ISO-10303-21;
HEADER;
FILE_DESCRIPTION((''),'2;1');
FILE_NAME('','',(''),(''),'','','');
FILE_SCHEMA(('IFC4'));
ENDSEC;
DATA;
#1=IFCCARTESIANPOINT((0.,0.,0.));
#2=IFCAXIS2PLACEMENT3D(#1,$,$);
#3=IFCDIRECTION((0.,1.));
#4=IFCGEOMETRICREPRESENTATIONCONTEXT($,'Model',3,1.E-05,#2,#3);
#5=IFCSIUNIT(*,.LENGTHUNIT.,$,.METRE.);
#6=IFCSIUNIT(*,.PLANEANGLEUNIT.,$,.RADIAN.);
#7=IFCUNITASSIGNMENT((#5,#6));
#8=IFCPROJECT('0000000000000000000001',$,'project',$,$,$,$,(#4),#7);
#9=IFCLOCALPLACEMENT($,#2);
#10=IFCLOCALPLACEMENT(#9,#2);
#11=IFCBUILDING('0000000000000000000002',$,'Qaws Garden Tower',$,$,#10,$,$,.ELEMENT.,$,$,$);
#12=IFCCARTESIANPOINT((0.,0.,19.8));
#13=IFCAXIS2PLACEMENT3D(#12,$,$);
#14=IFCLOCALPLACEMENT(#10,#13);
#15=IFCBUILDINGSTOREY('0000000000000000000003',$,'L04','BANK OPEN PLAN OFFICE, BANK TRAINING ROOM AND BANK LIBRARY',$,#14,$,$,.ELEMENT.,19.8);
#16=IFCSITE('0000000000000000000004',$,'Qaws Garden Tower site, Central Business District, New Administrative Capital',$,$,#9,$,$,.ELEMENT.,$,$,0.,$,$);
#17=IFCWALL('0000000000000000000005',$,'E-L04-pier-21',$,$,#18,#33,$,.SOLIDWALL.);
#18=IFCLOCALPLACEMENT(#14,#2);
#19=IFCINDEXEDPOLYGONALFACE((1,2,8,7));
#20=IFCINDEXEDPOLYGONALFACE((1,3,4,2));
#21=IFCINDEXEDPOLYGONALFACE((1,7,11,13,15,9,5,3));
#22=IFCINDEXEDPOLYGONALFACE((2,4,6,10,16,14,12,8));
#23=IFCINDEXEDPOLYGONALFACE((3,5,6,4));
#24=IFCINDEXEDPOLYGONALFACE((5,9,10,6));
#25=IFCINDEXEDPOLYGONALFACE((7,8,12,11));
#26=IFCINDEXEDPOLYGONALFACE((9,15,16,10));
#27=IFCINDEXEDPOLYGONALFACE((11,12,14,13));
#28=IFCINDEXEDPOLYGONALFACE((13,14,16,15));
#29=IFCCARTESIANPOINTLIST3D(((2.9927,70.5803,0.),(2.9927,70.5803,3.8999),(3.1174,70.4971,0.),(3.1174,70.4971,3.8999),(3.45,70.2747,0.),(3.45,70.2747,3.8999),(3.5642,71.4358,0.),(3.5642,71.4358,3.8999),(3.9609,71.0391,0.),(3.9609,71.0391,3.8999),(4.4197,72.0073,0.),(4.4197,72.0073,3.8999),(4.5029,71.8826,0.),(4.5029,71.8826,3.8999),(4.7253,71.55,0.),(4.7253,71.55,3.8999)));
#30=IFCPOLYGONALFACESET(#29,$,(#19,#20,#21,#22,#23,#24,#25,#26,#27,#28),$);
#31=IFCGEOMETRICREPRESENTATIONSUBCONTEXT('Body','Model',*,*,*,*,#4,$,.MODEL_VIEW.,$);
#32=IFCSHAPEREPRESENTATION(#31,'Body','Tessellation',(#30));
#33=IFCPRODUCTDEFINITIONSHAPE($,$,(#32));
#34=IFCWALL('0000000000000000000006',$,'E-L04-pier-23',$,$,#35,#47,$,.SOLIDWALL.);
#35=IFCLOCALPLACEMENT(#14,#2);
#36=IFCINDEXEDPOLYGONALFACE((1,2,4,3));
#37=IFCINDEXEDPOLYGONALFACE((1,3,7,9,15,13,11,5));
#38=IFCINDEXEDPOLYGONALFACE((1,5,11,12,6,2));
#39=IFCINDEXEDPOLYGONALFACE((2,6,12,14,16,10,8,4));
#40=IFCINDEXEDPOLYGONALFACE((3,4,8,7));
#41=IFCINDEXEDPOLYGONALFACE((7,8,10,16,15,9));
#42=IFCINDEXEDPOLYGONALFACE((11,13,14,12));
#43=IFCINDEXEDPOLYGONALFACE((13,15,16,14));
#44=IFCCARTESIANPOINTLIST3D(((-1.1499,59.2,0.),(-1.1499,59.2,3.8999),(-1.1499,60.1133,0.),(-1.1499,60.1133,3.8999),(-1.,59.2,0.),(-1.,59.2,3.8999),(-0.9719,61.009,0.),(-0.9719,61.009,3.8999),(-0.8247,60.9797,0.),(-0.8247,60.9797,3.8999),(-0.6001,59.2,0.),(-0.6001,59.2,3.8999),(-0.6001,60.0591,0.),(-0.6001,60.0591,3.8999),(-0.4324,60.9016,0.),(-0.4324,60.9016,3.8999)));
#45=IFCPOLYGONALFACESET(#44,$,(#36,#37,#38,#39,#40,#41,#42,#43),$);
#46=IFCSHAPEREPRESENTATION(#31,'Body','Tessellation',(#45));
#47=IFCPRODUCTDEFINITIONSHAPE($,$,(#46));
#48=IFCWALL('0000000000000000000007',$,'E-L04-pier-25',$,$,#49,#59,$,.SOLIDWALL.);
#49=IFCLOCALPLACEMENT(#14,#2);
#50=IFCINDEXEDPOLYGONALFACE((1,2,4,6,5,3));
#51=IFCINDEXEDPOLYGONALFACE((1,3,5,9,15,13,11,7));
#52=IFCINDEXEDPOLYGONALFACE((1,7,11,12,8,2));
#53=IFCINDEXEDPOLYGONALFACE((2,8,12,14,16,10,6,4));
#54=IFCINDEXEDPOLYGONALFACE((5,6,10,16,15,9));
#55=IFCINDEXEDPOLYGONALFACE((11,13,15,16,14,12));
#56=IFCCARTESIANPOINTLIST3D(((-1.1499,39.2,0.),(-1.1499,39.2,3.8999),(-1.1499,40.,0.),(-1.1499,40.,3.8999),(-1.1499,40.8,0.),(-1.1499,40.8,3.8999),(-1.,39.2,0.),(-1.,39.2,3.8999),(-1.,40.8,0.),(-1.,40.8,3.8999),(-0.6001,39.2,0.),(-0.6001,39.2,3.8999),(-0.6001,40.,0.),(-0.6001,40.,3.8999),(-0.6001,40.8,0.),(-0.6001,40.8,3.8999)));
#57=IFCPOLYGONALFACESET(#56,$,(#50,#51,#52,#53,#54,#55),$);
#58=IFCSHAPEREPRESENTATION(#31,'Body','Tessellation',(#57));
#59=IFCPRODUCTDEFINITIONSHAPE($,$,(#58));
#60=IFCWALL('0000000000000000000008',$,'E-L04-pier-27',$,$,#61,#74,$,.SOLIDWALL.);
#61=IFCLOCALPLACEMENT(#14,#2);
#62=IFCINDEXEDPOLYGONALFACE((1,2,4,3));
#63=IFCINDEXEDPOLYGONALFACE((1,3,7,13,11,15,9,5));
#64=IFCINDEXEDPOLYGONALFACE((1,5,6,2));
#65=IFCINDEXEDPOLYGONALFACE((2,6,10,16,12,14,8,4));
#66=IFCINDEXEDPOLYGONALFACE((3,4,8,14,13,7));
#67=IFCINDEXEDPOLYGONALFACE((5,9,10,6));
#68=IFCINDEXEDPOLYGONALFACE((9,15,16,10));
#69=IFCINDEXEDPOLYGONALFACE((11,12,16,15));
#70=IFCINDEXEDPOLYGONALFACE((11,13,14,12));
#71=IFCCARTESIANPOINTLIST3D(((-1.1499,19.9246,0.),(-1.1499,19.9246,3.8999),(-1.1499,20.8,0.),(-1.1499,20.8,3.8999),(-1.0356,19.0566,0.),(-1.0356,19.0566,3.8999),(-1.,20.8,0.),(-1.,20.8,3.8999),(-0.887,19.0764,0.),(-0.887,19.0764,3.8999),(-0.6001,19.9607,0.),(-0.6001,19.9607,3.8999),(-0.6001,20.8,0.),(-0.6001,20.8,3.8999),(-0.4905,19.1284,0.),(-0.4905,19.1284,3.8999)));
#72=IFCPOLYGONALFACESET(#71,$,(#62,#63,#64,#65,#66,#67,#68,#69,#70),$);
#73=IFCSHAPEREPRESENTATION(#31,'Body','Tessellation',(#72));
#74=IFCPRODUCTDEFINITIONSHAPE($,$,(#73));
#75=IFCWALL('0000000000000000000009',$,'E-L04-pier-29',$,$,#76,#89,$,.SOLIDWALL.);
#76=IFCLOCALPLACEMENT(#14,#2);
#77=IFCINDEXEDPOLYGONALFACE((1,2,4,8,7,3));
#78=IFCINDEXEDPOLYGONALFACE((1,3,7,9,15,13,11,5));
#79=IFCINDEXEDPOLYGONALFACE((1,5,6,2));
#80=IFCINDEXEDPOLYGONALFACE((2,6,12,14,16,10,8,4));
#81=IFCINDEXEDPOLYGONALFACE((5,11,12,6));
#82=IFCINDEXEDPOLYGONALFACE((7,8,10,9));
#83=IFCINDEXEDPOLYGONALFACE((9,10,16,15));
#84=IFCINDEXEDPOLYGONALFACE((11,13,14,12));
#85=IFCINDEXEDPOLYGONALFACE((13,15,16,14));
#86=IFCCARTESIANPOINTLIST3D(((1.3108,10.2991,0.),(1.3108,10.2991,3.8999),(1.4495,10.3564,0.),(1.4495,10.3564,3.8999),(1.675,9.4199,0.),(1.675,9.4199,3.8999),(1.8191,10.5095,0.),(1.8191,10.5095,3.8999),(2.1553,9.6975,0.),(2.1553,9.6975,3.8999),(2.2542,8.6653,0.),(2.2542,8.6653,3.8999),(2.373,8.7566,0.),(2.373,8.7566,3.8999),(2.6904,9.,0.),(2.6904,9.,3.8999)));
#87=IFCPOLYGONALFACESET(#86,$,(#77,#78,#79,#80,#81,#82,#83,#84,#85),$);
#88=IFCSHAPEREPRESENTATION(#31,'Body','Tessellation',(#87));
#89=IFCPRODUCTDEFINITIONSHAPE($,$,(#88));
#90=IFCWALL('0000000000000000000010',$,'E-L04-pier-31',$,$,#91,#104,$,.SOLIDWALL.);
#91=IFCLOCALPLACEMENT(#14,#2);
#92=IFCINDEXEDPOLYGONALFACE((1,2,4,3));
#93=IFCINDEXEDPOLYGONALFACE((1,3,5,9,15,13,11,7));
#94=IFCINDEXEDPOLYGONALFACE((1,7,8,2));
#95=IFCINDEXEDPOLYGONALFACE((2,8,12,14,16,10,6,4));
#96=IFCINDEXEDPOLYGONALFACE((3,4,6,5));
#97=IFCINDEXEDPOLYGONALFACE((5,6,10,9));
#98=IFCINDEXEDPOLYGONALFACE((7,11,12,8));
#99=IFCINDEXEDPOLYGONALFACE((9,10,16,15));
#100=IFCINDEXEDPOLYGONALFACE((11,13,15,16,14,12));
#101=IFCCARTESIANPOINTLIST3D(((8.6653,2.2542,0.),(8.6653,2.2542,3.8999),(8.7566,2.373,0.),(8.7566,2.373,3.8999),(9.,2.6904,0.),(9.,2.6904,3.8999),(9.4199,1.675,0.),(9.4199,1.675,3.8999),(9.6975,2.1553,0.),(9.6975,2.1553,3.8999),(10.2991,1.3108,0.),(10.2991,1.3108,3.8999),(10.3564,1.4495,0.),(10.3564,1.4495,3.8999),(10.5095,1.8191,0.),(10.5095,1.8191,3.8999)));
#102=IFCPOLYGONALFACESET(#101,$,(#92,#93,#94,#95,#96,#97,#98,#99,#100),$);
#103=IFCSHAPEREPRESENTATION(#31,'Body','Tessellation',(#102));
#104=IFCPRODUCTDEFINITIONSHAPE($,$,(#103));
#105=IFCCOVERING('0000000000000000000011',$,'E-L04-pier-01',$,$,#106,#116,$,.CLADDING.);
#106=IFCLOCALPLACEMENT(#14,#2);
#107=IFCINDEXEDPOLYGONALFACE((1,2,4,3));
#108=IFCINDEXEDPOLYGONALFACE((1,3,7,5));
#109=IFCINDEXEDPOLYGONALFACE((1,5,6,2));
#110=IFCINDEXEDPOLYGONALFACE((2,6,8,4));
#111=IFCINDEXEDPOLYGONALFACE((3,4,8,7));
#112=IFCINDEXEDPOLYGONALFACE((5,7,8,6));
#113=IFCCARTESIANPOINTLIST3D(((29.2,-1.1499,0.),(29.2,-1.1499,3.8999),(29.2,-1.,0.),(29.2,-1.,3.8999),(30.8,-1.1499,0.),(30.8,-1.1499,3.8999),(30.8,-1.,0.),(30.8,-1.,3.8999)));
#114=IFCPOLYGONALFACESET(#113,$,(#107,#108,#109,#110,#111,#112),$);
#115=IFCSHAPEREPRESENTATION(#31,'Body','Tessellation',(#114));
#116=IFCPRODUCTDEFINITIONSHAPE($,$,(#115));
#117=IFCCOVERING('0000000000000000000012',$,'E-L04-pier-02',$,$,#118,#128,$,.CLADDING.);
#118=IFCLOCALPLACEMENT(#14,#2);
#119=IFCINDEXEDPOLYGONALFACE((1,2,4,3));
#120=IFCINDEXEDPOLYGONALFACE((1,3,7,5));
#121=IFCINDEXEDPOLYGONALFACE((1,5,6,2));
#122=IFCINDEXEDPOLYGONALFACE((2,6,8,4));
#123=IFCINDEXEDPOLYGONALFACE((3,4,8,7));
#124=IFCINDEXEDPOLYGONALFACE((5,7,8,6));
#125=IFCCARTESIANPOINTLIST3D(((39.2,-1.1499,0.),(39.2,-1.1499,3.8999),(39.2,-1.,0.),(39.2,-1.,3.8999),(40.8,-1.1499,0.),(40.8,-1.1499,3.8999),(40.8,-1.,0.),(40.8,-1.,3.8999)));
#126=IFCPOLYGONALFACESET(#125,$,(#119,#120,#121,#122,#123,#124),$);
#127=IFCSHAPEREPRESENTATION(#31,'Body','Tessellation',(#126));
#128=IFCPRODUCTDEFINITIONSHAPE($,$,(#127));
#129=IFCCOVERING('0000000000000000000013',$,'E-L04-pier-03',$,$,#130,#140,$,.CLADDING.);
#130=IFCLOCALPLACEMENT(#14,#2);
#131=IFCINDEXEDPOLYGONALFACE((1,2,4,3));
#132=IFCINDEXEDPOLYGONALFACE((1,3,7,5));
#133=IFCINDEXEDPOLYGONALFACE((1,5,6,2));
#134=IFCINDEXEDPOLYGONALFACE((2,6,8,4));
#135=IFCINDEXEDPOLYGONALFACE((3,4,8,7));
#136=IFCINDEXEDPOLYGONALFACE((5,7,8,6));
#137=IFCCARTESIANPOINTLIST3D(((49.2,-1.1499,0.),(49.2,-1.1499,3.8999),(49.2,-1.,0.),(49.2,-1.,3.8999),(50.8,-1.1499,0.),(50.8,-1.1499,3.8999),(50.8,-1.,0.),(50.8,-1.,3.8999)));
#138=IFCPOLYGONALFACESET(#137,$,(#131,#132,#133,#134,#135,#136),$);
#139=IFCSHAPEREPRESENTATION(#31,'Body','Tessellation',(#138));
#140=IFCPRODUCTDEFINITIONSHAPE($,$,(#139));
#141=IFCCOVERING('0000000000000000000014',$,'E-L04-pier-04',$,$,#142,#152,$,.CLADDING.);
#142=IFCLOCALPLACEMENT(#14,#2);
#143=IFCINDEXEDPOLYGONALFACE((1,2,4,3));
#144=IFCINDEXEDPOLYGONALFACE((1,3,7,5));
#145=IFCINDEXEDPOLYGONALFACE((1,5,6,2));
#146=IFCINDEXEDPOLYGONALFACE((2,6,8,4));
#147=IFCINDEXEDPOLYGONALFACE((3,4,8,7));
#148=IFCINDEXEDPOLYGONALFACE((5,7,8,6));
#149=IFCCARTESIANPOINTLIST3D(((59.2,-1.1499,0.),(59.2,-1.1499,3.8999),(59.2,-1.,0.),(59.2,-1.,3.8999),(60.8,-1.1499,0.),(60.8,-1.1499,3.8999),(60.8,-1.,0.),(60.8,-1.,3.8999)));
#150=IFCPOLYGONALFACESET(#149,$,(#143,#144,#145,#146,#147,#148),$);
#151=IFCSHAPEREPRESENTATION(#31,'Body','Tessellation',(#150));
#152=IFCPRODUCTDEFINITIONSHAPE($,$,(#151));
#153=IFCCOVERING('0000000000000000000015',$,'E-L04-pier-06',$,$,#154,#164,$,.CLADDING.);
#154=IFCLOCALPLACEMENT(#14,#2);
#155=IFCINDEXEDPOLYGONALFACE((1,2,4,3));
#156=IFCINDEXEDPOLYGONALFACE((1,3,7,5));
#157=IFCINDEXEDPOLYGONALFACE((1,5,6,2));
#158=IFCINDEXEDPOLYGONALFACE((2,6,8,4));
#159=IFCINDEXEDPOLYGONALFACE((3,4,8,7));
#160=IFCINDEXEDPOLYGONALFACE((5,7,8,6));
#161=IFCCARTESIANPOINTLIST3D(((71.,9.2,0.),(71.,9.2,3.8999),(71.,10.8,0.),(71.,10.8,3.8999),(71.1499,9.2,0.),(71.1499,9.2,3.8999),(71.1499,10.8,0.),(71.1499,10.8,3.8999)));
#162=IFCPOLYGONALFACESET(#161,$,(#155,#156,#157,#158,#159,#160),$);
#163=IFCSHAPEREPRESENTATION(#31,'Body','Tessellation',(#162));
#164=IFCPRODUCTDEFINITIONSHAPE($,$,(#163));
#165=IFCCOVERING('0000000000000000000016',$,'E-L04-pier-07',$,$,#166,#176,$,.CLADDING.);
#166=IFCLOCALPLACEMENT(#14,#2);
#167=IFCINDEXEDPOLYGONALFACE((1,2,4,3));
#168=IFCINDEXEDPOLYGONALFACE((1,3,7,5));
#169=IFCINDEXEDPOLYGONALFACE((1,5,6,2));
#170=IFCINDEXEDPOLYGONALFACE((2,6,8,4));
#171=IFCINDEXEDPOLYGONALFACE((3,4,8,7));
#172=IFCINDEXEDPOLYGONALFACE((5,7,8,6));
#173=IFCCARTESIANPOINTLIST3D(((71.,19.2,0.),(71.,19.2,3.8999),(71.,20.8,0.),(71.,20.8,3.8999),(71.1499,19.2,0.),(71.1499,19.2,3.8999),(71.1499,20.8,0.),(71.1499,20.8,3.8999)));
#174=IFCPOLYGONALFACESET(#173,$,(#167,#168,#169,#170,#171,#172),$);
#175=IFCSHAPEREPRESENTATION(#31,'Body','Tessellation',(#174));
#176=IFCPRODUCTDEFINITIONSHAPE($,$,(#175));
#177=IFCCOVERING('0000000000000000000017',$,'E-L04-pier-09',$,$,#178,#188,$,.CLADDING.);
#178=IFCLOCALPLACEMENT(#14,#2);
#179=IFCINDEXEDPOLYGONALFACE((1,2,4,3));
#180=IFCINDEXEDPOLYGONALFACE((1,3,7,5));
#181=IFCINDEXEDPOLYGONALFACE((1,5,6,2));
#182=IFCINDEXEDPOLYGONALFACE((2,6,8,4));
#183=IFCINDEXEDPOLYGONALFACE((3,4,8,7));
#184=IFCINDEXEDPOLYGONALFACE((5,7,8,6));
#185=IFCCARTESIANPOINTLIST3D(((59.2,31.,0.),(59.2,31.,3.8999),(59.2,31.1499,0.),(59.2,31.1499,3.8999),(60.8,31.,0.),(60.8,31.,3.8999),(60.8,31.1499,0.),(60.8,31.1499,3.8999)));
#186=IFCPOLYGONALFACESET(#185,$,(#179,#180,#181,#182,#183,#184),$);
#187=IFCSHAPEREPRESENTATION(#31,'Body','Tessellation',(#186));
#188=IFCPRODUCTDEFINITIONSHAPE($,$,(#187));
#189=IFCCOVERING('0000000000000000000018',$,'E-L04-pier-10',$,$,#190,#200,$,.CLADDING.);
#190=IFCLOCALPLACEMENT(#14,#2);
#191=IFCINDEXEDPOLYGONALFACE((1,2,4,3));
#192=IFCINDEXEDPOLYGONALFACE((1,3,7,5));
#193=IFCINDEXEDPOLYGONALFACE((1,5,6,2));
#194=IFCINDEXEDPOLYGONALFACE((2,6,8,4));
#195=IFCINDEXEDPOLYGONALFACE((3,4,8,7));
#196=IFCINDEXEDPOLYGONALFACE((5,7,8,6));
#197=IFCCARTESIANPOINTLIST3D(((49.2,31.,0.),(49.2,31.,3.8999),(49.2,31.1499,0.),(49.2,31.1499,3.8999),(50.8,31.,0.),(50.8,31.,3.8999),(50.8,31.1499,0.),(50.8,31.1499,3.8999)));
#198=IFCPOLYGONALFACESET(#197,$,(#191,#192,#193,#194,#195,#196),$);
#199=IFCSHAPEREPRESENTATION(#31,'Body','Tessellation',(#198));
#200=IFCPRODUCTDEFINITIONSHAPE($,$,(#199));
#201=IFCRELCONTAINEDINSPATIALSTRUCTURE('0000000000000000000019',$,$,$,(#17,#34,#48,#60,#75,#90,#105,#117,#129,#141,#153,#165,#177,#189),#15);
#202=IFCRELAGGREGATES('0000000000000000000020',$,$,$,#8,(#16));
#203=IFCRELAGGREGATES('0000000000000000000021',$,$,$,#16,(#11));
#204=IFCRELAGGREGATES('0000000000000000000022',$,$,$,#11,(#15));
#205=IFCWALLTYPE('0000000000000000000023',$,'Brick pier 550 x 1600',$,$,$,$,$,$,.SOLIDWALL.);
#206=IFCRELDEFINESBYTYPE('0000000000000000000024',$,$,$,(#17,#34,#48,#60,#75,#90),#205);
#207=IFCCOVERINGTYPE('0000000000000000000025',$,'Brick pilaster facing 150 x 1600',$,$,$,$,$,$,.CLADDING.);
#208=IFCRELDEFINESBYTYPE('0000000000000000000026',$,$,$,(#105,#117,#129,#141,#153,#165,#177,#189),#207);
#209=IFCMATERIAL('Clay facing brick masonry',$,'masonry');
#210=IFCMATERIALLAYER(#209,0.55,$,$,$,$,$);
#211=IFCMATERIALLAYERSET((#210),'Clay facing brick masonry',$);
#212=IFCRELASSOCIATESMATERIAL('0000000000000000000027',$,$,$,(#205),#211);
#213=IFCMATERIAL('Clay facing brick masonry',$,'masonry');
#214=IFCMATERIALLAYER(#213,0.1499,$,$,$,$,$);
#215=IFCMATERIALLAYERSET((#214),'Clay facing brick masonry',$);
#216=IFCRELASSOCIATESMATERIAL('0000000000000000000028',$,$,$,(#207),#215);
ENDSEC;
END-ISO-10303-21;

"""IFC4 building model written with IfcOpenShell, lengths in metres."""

from ifc_helpers import new_model, si_unit, direction, frame, origin, place, context, subcontext, project, spatial, polyline, outline, extrude, material, layer, layer_set, type_object, element, save


model = new_model("IFC4")

# Units and contexts
model_context = context("Model", 3, precision=1e-05, world=origin(), true_north=direction((0.0, 1.0)))
body_context = subcontext(model_context, "Body", "Model", "MODEL_VIEW")
ifc_project = project(units=[si_unit("LENGTHUNIT", "METRE"), si_unit("PLANEANGLEUNIT", "RADIAN")], contexts=[model_context])

# Site, building, storey
site_placement = place(None, origin())
site = spatial("IfcSite", under=ifc_project, at=site_placement, Name="Qaws Garden Tower site, Central Business District, New Administrative Capital", CompositionType="ELEMENT", RefElevation=0.0)
building_placement = place(site_placement, origin())
building = spatial("IfcBuilding", under=site, at=building_placement, Name="Qaws Garden Tower", CompositionType="ELEMENT")
storey_placement = place(building_placement, frame((0.0, 0.0, 19.8)))
storey = spatial("IfcBuildingStorey", under=building, at=storey_placement, Name="L04", Description="BANK OPEN PLAN OFFICE, BANK TRAINING ROOM AND BANK LIBRARY", CompositionType="ELEMENT", Elevation=19.8)

# Walls
placement = place(storey_placement, origin())
ifc_material_1 = material(Name="Clay facing brick masonry", Category="masonry")
ifc_layer_1 = layer(ifc_material_1, 0.55)
ifc_layer_set_1 = layer_set([ifc_layer_1], Name="Clay facing brick masonry")
wall_type_1 = type_object("IfcWallType", Name="Brick pier 550 x 1600", PredefinedType="SOLIDWALL", material=ifc_layer_set_1)
element("IfcWall", 1, at=placement, inside=storey, type_object=wall_type_1, Name="E-L04-pier-21", PredefinedType="SOLIDWALL", context=body_context, shape_type="SweptSolid", body=[
    extrude(outline(polyline([(4.5029, 71.8826), (4.4197, 72.0073), (3.5642, 71.4358), (2.9927, 70.5803), (3.1174, 70.4971), (3.45, 70.2747), (3.9609, 71.0391), (4.7253, 71.55), (4.5029, 71.8826)])), origin(), (0.0, 0.0, 1.0), 3.8999),
])
element("IfcWall", 2, at=placement, inside=storey, type_object=wall_type_1, Name="E-L04-pier-23", PredefinedType="SOLIDWALL", context=body_context, shape_type="SweptSolid", body=[
    extrude(outline(polyline([(-0.8247, 60.9797), (-0.9719, 61.009), (-1.1499, 60.1133), (-1.1499, 59.2), (-1.0, 59.2), (-0.6001, 59.2), (-0.6001, 60.0591), (-0.4324, 60.9016), (-0.8247, 60.9797)])), origin(), (0.0, 0.0, 1.0), 3.8999),
])
element("IfcWall", 3, at=placement, inside=storey, type_object=wall_type_1, Name="E-L04-pier-25", PredefinedType="SOLIDWALL", context=body_context, shape_type="SweptSolid", body=[
    extrude(outline(polyline([(-1.0, 40.8), (-1.1499, 40.8), (-1.1499, 40.0), (-1.1499, 39.2), (-1.0, 39.2), (-0.6001, 39.2), (-0.6001, 40.0), (-0.6001, 40.8), (-1.0, 40.8)])), origin(), (0.0, 0.0, 1.0), 3.8999),
])
element("IfcWall", 4, at=placement, inside=storey, type_object=wall_type_1, Name="E-L04-pier-27", PredefinedType="SOLIDWALL", context=body_context, shape_type="SweptSolid", body=[
    extrude(outline(polyline([(-1.0, 20.8), (-1.1499, 20.8), (-1.1499, 19.9246), (-1.0356, 19.0566), (-0.887, 19.0764), (-0.4905, 19.1284), (-0.6001, 19.9607), (-0.6001, 20.8), (-1.0, 20.8)])), origin(), (0.0, 0.0, 1.0), 3.8999),
])
element("IfcWall", 5, at=placement, inside=storey, type_object=wall_type_1, Name="E-L04-pier-29", PredefinedType="SOLIDWALL", context=body_context, shape_type="SweptSolid", body=[
    extrude(outline(polyline([(1.4495, 10.3564), (1.3108, 10.2991), (1.675, 9.4199), (2.2542, 8.6653), (2.373, 8.7566), (2.6904, 9.0), (2.1553, 9.6975), (1.8191, 10.5095), (1.4495, 10.3564)])), origin(), (0.0, 0.0, 1.0), 3.8999),
])
element("IfcWall", 6, at=placement, inside=storey, type_object=wall_type_1, Name="E-L04-pier-31", PredefinedType="SOLIDWALL", context=body_context, shape_type="SweptSolid", body=[
    extrude(outline(polyline([(8.7566, 2.373), (8.6653, 2.2542), (9.4199, 1.675), (10.2991, 1.3108), (10.3564, 1.4495), (10.5095, 1.8191), (9.6975, 2.1553), (9.0, 2.6904), (8.7566, 2.373)])), origin(), (0.0, 0.0, 1.0), 3.8999),
])

# Coverings
ifc_material_2 = material(Name="Clay facing brick masonry", Category="masonry")
ifc_layer_2 = layer(ifc_material_2, 0.1499)
ifc_layer_set_2 = layer_set([ifc_layer_2], Name="Clay facing brick masonry")
covering_type = type_object("IfcCoveringType", Name="Brick pilaster facing 150 x 1600", PredefinedType="CLADDING", material=ifc_layer_set_2)
element("IfcCovering", 7, at=placement, inside=storey, type_object=covering_type, Name="E-L04-pier-01", PredefinedType="CLADDING", context=body_context, shape_type="SweptSolid", body=[
    extrude(outline(polyline([(29.2, -1.0), (30.8, -1.0), (30.8, -1.1499), (29.2, -1.1499), (29.2, -1.0)])), origin(), (0.0, 0.0, 1.0), 3.8999),
])
element("IfcCovering", 8, at=placement, inside=storey, type_object=covering_type, Name="E-L04-pier-02", PredefinedType="CLADDING", context=body_context, shape_type="SweptSolid", body=[
    extrude(outline(polyline([(39.2, -1.0), (40.8, -1.0), (40.8, -1.1499), (39.2, -1.1499), (39.2, -1.0)])), origin(), (0.0, 0.0, 1.0), 3.8999),
])
element("IfcCovering", 9, at=placement, inside=storey, type_object=covering_type, Name="E-L04-pier-03", PredefinedType="CLADDING", context=body_context, shape_type="SweptSolid", body=[
    extrude(outline(polyline([(49.2, -1.0), (50.8, -1.0), (50.8, -1.1499), (49.2, -1.1499), (49.2, -1.0)])), origin(), (0.0, 0.0, 1.0), 3.8999),
])
element("IfcCovering", 10, at=placement, inside=storey, type_object=covering_type, Name="E-L04-pier-04", PredefinedType="CLADDING", context=body_context, shape_type="SweptSolid", body=[
    extrude(outline(polyline([(59.2, -1.0), (60.8, -1.0), (60.8, -1.1499), (59.2, -1.1499), (59.2, -1.0)])), origin(), (0.0, 0.0, 1.0), 3.8999),
])
element("IfcCovering", 11, at=placement, inside=storey, type_object=covering_type, Name="E-L04-pier-06", PredefinedType="CLADDING", context=body_context, shape_type="SweptSolid", body=[
    extrude(outline(polyline([(71.0, 9.2), (71.0, 10.8), (71.1499, 10.8), (71.1499, 9.2), (71.0, 9.2)])), origin(), (0.0, 0.0, 1.0), 3.8999),
])
element("IfcCovering", 12, at=placement, inside=storey, type_object=covering_type, Name="E-L04-pier-07", PredefinedType="CLADDING", context=body_context, shape_type="SweptSolid", body=[
    extrude(outline(polyline([(71.0, 19.2), (71.0, 20.8), (71.1499, 20.8), (71.1499, 19.2), (71.0, 19.2)])), origin(), (0.0, 0.0, 1.0), 3.8999),
])
element("IfcCovering", 13, at=placement, inside=storey, type_object=covering_type, Name="E-L04-pier-09", PredefinedType="CLADDING", context=body_context, shape_type="SweptSolid", body=[
    extrude(outline(polyline([(60.8, 31.0), (59.2, 31.0), (59.2, 31.1499), (60.8, 31.1499), (60.8, 31.0)])), origin(), (0.0, 0.0, 1.0), 3.8999),
])
element("IfcCovering", 14, at=placement, inside=storey, type_object=covering_type, Name="E-L04-pier-10", PredefinedType="CLADDING", context=body_context, shape_type="SweptSolid", body=[
    extrude(outline(polyline([(50.8, 31.0), (49.2, 31.0), (49.2, 31.1499), (50.8, 31.1499), (50.8, 31.0)])), origin(), (0.0, 0.0, 1.0), 3.8999),
])

save(model, "model.ifc")
